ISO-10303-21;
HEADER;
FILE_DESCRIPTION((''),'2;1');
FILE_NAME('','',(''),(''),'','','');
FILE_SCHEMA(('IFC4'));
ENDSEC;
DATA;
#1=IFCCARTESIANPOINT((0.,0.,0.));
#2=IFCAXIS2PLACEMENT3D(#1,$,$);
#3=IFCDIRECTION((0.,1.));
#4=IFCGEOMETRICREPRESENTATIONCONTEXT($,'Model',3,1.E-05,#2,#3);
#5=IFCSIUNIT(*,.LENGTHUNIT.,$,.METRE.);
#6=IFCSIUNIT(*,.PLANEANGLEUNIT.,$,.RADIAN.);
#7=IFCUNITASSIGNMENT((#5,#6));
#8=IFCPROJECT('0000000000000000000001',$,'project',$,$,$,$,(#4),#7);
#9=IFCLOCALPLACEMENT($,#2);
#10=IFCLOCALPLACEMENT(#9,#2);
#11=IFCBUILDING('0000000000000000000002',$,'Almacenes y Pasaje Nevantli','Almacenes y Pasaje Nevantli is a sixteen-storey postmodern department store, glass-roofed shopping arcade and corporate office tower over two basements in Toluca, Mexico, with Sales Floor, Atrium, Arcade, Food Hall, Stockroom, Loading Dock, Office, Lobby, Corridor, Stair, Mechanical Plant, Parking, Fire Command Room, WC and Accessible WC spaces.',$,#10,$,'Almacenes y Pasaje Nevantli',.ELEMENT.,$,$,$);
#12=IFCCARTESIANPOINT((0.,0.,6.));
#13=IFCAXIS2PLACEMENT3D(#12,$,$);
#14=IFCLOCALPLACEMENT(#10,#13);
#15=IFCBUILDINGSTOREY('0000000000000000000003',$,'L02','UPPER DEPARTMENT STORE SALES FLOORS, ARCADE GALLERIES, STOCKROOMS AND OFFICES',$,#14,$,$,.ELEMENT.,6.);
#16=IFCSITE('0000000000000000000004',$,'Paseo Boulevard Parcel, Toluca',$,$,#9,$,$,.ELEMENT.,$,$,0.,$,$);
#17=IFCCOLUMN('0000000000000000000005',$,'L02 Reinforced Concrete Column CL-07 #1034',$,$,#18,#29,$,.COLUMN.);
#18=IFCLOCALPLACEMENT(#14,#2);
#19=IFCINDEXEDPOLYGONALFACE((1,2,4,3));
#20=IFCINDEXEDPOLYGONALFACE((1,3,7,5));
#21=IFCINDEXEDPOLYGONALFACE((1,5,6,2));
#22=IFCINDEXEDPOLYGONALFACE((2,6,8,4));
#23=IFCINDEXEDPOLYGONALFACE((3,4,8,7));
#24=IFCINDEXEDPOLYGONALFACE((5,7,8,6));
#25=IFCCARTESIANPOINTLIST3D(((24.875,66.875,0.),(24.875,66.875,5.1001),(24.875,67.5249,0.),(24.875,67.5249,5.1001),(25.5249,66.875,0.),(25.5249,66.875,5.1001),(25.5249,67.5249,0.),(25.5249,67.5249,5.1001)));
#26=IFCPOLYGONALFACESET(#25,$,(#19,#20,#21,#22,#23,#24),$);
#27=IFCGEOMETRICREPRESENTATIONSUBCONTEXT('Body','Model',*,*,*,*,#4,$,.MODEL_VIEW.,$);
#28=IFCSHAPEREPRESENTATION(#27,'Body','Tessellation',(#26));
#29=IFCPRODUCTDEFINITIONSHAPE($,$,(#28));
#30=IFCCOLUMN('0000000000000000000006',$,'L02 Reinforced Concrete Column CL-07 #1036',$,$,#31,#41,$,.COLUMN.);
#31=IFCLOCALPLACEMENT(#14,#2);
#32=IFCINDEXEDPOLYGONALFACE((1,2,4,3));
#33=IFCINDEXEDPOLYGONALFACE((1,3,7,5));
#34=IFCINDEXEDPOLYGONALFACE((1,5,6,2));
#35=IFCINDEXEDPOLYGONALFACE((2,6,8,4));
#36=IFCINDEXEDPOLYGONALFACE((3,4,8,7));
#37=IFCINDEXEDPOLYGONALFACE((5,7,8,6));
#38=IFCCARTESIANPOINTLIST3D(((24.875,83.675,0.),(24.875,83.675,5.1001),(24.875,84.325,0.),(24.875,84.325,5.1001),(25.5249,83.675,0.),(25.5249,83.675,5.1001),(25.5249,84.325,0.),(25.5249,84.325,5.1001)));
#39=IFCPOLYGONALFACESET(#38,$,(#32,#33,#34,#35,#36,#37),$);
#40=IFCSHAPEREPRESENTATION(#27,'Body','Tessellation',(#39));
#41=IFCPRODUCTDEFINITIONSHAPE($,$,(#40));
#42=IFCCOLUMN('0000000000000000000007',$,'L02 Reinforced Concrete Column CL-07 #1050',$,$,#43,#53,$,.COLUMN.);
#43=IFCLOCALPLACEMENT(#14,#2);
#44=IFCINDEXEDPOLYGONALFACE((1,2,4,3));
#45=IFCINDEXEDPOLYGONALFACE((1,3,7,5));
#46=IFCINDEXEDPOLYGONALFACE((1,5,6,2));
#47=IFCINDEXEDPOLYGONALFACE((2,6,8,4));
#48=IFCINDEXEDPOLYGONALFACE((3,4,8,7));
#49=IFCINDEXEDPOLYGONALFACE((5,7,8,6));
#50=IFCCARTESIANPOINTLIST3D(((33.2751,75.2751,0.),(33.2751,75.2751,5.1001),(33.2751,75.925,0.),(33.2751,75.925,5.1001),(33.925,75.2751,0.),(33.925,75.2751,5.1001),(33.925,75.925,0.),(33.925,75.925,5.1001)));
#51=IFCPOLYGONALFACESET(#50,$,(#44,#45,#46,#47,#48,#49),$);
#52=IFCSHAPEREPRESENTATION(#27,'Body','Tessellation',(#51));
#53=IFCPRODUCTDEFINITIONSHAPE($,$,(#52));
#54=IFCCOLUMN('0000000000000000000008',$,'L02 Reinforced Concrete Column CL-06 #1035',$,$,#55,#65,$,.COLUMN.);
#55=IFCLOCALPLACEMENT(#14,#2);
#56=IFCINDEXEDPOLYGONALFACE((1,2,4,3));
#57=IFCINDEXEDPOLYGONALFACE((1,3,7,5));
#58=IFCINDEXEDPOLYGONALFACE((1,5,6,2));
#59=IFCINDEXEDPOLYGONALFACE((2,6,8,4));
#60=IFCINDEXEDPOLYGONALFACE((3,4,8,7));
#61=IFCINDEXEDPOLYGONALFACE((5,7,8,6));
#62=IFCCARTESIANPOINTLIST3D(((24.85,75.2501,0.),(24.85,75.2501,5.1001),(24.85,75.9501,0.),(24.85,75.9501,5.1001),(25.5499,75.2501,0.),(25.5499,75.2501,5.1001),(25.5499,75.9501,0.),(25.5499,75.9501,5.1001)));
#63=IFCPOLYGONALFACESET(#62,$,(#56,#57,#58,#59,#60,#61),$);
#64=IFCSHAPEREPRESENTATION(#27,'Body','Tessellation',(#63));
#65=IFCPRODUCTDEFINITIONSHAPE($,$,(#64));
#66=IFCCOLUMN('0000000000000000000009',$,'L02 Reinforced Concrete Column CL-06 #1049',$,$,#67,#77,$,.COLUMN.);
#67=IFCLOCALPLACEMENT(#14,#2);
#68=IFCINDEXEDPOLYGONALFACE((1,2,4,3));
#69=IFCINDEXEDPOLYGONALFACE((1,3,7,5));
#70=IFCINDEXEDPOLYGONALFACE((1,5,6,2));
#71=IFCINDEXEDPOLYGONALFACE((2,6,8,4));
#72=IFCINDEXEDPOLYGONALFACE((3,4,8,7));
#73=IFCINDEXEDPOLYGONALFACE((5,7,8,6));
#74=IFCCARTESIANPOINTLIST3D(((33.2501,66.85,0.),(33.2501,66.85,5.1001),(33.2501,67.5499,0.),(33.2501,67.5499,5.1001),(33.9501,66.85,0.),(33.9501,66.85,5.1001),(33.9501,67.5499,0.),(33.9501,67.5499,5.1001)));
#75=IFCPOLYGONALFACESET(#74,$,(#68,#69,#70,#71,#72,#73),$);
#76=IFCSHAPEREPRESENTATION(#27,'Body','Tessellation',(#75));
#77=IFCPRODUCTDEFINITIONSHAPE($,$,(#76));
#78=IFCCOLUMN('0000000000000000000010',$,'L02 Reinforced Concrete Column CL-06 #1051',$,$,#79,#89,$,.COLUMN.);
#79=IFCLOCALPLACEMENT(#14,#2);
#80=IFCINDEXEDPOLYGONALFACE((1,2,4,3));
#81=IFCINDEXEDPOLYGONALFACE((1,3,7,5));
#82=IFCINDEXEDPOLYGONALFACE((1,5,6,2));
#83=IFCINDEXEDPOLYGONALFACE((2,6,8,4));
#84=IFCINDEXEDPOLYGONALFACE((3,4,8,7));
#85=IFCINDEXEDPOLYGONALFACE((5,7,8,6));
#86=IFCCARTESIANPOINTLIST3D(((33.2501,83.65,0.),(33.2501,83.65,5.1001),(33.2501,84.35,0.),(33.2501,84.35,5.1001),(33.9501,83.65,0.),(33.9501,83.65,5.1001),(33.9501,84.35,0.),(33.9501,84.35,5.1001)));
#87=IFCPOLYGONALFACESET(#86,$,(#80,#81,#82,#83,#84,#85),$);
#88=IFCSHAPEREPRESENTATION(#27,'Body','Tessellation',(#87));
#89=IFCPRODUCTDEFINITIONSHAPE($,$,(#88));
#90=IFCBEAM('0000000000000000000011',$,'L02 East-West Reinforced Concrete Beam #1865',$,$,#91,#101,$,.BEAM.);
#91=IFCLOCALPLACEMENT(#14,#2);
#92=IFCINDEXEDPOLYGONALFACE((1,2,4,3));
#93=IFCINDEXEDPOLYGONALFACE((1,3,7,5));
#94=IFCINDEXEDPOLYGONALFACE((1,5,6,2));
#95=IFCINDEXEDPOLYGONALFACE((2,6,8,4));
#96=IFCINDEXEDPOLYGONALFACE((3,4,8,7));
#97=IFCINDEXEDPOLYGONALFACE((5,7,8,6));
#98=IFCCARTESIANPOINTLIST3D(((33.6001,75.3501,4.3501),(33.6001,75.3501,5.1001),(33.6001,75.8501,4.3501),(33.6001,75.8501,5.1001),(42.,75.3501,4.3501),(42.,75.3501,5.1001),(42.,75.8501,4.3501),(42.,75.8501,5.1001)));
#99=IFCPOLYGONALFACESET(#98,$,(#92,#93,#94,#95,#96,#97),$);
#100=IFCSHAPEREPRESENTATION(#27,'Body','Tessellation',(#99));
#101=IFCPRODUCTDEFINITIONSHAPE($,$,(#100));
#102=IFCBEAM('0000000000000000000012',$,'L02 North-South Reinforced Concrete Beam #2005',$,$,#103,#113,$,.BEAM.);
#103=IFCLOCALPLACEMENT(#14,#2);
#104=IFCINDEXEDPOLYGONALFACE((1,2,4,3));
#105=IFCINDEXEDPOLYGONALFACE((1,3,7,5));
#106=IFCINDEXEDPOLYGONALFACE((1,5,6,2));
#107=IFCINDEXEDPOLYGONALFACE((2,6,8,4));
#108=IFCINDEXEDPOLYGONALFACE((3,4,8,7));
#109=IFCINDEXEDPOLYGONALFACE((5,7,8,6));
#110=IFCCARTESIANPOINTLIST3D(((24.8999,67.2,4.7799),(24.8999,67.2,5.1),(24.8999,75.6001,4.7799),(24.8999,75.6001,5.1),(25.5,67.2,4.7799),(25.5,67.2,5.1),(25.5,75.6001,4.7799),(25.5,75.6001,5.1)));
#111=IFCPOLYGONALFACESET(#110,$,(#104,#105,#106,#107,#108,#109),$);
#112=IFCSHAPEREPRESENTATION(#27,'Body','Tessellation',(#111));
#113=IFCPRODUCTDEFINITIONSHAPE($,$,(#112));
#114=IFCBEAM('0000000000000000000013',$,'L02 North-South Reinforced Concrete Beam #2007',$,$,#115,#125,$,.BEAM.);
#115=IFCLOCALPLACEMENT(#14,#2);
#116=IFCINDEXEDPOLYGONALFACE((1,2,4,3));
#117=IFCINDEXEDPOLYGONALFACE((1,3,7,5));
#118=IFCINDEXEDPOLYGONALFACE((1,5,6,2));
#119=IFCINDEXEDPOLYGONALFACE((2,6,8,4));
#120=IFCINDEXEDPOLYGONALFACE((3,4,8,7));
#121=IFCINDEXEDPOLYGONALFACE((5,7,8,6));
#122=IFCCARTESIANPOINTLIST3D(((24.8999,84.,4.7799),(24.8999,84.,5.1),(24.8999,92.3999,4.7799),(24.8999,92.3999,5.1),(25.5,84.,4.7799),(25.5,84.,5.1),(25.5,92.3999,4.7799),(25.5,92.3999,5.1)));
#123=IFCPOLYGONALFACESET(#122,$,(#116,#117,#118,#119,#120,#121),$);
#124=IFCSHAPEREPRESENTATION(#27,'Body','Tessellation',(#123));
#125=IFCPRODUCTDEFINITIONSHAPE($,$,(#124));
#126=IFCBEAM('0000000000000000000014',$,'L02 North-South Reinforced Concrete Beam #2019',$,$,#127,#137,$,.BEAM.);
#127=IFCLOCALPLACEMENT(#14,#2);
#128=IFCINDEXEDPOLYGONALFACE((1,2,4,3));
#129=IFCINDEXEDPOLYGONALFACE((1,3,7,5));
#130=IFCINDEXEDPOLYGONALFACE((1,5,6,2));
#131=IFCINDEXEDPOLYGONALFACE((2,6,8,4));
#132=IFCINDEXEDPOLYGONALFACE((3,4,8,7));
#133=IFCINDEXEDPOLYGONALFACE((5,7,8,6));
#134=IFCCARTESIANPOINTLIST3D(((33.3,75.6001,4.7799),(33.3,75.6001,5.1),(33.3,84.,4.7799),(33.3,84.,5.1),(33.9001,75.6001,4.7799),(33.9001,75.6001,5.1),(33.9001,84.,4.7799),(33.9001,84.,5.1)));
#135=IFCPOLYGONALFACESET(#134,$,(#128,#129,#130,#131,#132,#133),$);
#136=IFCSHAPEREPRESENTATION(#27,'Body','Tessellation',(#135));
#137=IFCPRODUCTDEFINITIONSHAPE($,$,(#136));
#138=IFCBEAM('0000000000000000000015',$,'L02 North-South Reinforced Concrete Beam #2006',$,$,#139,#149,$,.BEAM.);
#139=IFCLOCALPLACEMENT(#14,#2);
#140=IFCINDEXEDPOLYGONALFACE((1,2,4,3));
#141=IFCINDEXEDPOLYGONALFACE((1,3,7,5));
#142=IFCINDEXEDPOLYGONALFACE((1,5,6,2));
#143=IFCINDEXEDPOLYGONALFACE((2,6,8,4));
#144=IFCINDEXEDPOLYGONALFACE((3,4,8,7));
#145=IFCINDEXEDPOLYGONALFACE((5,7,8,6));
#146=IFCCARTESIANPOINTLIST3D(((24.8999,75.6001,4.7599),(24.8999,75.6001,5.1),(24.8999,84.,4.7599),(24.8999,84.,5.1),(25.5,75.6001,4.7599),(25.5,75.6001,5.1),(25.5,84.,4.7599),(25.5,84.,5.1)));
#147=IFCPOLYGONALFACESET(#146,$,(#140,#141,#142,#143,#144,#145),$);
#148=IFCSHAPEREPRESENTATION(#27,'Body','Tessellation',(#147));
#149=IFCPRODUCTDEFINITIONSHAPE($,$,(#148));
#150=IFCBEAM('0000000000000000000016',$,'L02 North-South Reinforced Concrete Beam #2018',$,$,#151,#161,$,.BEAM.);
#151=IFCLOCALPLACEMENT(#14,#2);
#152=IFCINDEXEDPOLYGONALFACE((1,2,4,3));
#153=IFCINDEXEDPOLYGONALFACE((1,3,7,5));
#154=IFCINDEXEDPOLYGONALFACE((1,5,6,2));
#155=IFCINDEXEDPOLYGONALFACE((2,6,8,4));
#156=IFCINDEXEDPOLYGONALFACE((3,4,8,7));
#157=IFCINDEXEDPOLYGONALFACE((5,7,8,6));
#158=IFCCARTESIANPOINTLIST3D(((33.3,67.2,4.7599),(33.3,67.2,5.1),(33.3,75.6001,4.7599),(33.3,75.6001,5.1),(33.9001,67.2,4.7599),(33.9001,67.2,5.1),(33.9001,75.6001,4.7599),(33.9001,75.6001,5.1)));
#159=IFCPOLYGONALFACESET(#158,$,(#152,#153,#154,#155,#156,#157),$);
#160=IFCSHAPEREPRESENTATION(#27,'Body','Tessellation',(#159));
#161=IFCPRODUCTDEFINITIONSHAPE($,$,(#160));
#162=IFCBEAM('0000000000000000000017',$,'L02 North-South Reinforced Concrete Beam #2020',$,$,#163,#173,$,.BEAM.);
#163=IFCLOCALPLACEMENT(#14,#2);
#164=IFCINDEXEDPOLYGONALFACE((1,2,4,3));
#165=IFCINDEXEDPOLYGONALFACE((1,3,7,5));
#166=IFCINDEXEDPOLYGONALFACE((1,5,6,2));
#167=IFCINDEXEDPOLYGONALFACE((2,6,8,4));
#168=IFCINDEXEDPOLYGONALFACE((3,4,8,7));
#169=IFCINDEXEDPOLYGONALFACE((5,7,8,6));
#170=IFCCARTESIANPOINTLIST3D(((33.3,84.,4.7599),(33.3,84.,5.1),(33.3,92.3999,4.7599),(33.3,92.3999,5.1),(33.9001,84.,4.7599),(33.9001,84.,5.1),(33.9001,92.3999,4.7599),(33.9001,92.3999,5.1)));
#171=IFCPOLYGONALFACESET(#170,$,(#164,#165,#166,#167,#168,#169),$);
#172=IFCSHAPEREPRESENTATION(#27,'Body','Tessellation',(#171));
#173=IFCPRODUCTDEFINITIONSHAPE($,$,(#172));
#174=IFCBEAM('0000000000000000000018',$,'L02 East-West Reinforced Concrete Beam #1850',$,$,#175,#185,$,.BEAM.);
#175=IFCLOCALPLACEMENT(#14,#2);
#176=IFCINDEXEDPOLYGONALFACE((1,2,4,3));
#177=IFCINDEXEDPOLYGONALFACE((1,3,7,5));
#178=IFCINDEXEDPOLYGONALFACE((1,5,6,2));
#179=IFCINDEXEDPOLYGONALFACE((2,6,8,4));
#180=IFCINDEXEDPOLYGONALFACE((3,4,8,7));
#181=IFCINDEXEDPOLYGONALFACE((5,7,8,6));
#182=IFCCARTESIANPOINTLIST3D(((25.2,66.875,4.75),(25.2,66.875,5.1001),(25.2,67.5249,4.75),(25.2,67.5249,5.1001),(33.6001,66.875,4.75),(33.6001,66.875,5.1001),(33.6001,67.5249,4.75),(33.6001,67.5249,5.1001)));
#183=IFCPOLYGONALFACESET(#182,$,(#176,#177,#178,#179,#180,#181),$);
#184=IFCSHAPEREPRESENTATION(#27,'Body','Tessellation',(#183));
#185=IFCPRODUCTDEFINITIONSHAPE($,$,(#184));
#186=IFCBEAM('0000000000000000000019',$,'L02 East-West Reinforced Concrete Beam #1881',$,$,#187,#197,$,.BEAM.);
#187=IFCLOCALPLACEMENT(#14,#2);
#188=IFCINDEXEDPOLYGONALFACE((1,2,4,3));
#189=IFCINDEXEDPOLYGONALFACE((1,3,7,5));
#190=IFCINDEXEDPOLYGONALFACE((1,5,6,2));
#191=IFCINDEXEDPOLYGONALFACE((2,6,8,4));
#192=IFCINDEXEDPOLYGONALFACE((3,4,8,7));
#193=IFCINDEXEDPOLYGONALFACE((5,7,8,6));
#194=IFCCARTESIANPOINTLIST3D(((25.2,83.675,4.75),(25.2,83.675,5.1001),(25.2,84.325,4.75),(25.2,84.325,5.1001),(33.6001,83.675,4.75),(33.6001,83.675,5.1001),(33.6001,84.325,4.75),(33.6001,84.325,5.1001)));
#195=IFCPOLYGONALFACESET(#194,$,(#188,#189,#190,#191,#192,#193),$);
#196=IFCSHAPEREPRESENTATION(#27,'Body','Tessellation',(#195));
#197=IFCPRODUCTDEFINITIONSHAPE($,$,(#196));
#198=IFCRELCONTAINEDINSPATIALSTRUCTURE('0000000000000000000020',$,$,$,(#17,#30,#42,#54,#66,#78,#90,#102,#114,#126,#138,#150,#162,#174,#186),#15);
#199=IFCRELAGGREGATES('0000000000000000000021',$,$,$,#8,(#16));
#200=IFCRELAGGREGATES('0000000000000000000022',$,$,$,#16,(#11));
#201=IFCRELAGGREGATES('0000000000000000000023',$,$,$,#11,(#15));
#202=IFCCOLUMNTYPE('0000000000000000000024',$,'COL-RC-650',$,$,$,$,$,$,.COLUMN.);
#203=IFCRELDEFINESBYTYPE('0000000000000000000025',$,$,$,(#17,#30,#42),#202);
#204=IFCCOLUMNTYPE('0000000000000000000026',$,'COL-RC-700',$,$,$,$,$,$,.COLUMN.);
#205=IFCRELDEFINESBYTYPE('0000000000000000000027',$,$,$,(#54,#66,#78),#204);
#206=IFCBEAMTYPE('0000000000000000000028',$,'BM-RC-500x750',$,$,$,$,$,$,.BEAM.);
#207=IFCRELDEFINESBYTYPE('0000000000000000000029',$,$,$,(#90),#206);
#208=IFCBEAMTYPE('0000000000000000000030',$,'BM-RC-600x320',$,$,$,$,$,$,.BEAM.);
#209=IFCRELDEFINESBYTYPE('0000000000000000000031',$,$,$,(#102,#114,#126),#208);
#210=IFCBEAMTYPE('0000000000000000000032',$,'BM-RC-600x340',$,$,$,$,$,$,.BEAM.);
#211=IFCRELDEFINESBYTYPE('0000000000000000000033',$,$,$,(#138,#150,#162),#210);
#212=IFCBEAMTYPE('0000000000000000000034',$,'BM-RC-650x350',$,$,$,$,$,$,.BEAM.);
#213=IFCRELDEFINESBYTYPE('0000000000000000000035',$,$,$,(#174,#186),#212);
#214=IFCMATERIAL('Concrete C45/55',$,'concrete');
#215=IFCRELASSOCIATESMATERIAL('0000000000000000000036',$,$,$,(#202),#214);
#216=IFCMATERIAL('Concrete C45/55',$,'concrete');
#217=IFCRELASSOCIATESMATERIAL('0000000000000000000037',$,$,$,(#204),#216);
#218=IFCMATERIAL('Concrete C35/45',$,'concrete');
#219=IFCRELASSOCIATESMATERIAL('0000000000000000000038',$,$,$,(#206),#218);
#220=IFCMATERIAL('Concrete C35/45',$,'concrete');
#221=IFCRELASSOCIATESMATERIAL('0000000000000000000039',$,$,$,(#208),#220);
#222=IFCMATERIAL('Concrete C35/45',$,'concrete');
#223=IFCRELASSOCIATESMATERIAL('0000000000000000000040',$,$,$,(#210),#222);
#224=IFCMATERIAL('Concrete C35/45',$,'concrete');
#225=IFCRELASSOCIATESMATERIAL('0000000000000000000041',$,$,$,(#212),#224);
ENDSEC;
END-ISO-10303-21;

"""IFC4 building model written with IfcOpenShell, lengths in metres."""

from ifc_helpers import new_model, si_unit, direction, frame, origin, origin_2d, place, context, subcontext, project, spatial, rectangle, extrude, material, material_profile, profile_set, type_object, element, save


model = new_model("IFC4")

# Units and contexts
model_context = context("Model", 3, precision=1e-05, world=origin(), true_north=direction((0.0, 1.0)))
body_context = subcontext(model_context, "Body", "Model", "MODEL_VIEW")
ifc_project = project(units=[si_unit("LENGTHUNIT", "METRE"), si_unit("PLANEANGLEUNIT", "RADIAN")], contexts=[model_context])

# Site, building, storey
site_placement = place(None, origin())
site = spatial("IfcSite", under=ifc_project, at=site_placement, Name="Paseo Boulevard Parcel, Toluca", CompositionType="ELEMENT", RefElevation=0.0)
building_placement = place(site_placement, origin())
building = spatial("IfcBuilding", under=site, at=building_placement, Name="Almacenes y Pasaje Nevantli", Description="Almacenes y Pasaje Nevantli is a sixteen-storey postmodern department store, glass-roofed shopping arcade and corporate office tower over two basements in Toluca, Mexico, with Sales Floor, Atrium, Arcade, Food Hall, Stockroom, Loading Dock, Office, Lobby, Corridor, Stair, Mechanical Plant, Parking, Fire Command Room, WC and Accessible WC spaces.", LongName="Almacenes y Pasaje Nevantli", CompositionType="ELEMENT")
storey_placement = place(building_placement, frame((0.0, 0.0, 6.0)))
storey = spatial("IfcBuildingStorey", under=building, at=storey_placement, Name="L02", Description="UPPER DEPARTMENT STORE SALES FLOORS, ARCADE GALLERIES, STOCKROOMS AND OFFICES", CompositionType="ELEMENT", Elevation=6.0)

# Columns
ifc_material_1 = material(Name="Concrete C45/55", Category="concrete")
ifc_material_profile_1 = material_profile(ifc_material_1, rectangle(XDim=0.6499, YDim=0.6499, at=origin_2d()), Name="RC-COL-650x650")
ifc_profile_set_1 = profile_set([ifc_material_profile_1], Name="Concrete C45/55")
column_type_1 = type_object("IfcColumnType", Name="COL-RC-650", PredefinedType="COLUMN", material=ifc_profile_set_1)
for number, where, z_axis, x_axis, name in (
    (1, (25.2, 67.2, 0.0), (0.0, 0.0, 1.0), (1.0, 0.0, 0.0), "L02 Reinforced Concrete Column CL-07 #1034"),
    (2, (25.2, 84.0, 0.0), (0.0, 0.0, 1.0), (1.0, 0.0, 0.0), "L02 Reinforced Concrete Column CL-07 #1036"),
    (3, (33.6001, 75.6001, 0.0), (0.0, 0.0, 1.0), (1.0, 0.0, 0.0), "L02 Reinforced Concrete Column CL-07 #1050"),
):
    element("IfcColumn", number, at=place(storey_placement, frame(where, z_axis=z_axis, x_axis=x_axis)), inside=storey, type_object=column_type_1, Name=name, PredefinedType="COLUMN", context=body_context, shape_type="SweptSolid", body=[
        extrude(rectangle(XDim=0.6499, YDim=0.6499, at=origin_2d()), origin(), (0.0, 0.0, 1.0), 5.1001),
    ])
ifc_material_2 = material(Name="Concrete C45/55", Category="concrete")
ifc_material_profile_2 = material_profile(ifc_material_2, rectangle(XDim=0.7, YDim=0.7, at=origin_2d()), Name="RC-COL-700x700")
ifc_profile_set_2 = profile_set([ifc_material_profile_2], Name="Concrete C45/55")
column_type_2 = type_object("IfcColumnType", Name="COL-RC-700", PredefinedType="COLUMN", material=ifc_profile_set_2)
for number, where, z_axis, x_axis, name in (
    (4, (25.2, 75.6001, 0.0), (0.0, 0.0, 1.0), (1.0, 0.0, 0.0), "L02 Reinforced Concrete Column CL-06 #1035"),
    (5, (33.6001, 67.2, 0.0), (0.0, 0.0, 1.0), (1.0, 0.0, 0.0), "L02 Reinforced Concrete Column CL-06 #1049"),
    (6, (33.6001, 84.0, 0.0), (0.0, 0.0, 1.0), (1.0, 0.0, 0.0), "L02 Reinforced Concrete Column CL-06 #1051"),
):
    element("IfcColumn", number, at=place(storey_placement, frame(where, z_axis=z_axis, x_axis=x_axis)), inside=storey, type_object=column_type_2, Name=name, PredefinedType="COLUMN", context=body_context, shape_type="SweptSolid", body=[
        extrude(rectangle(XDim=0.7, YDim=0.7, at=origin_2d()), origin(), (0.0, 0.0, 1.0), 5.1001),
    ])

# Beams
ifc_material_3 = material(Name="Concrete C35/45", Category="concrete")
ifc_material_profile_3 = material_profile(ifc_material_3, rectangle(XDim=0.5, YDim=0.75, at=origin_2d()), Name="RC-BM-500x750")
ifc_profile_set_3 = profile_set([ifc_material_profile_3], Name="Concrete C35/45")
beam_type_1 = type_object("IfcBeamType", Name="BM-RC-500x750", PredefinedType="BEAM", material=ifc_profile_set_3)
beam_1_placement = place(storey_placement, frame((33.6001, 75.6001, 4.7251), z_axis=(1.0, 0.0, 0.0), x_axis=(0.0, 1.0, 0.0)))
element("IfcBeam", 7, at=beam_1_placement, inside=storey, type_object=beam_type_1, Name="L02 East-West Reinforced Concrete Beam #1865", PredefinedType="BEAM", context=body_context, shape_type="SweptSolid", body=[
    extrude(rectangle(XDim=0.5, YDim=0.75, at=origin_2d()), origin(), (0.0, 0.0, 1.0), 8.3999),
])
ifc_material_4 = material(Name="Concrete C35/45", Category="concrete")
ifc_material_profile_4 = material_profile(ifc_material_4, rectangle(XDim=0.6001, YDim=0.3201, at=origin_2d()), Name="RC-BM-600x320")
ifc_profile_set_4 = profile_set([ifc_material_profile_4], Name="Concrete C35/45")
beam_type_2 = type_object("IfcBeamType", Name="BM-RC-600x320", PredefinedType="BEAM", material=ifc_profile_set_4)
beam_2_placement = place(storey_placement, frame((25.2, 67.2, 4.9399), z_axis=(0.0, 1.0, 0.0), x_axis=(-1.0, 0.0, 0.0)))
element("IfcBeam", 8, at=beam_2_placement, inside=storey, type_object=beam_type_2, Name="L02 North-South Reinforced Concrete Beam #2005", PredefinedType="BEAM", context=body_context, shape_type="SweptSolid", body=[
    extrude(rectangle(XDim=0.6001, YDim=0.3201, at=origin_2d()), origin(), (0.0, 0.0, 1.0), 8.4001),
])
for number, where, z_axis, x_axis, name in (
    (9, (25.2, 84.0, 4.9399), (0.0, 1.0, 0.0), (-1.0, 0.0, 0.0), "L02 North-South Reinforced Concrete Beam #2007"),
    (10, (33.6001, 75.6001, 4.9399), (0.0, 1.0, 0.0), (-1.0, 0.0, 0.0), "L02 North-South Reinforced Concrete Beam #2019"),
):
    element("IfcBeam", number, at=place(storey_placement, frame(where, z_axis=z_axis, x_axis=x_axis)), inside=storey, type_object=beam_type_2, Name=name, PredefinedType="BEAM", context=body_context, shape_type="SweptSolid", body=[
        extrude(rectangle(XDim=0.6001, YDim=0.3201, at=origin_2d()), origin(), (0.0, 0.0, 1.0), 8.3999),
    ])
ifc_material_5 = material(Name="Concrete C35/45", Category="concrete")
ifc_material_profile_5 = material_profile(ifc_material_5, rectangle(XDim=0.6001, YDim=0.3401, at=origin_2d()), Name="RC-BM-600x340")
ifc_profile_set_5 = profile_set([ifc_material_profile_5], Name="Concrete C35/45")
beam_type_3 = type_object("IfcBeamType", Name="BM-RC-600x340", PredefinedType="BEAM", material=ifc_profile_set_5)
beam_3_placement = place(storey_placement, frame((25.2, 75.6001, 4.9299), z_axis=(0.0, 1.0, 0.0), x_axis=(-1.0, 0.0, 0.0)))
element("IfcBeam", 11, at=beam_3_placement, inside=storey, type_object=beam_type_3, Name="L02 North-South Reinforced Concrete Beam #2006", PredefinedType="BEAM", context=body_context, shape_type="SweptSolid", body=[
    extrude(rectangle(XDim=0.6001, YDim=0.3401, at=origin_2d()), origin(), (0.0, 0.0, 1.0), 8.3999),
])
beam_4_placement = place(storey_placement, frame((33.6001, 67.2, 4.9299), z_axis=(0.0, 1.0, 0.0), x_axis=(-1.0, 0.0, 0.0)))
element("IfcBeam", 12, at=beam_4_placement, inside=storey, type_object=beam_type_3, Name="L02 North-South Reinforced Concrete Beam #2018", PredefinedType="BEAM", context=body_context, shape_type="SweptSolid", body=[
    extrude(rectangle(XDim=0.6001, YDim=0.3401, at=origin_2d()), origin(), (0.0, 0.0, 1.0), 8.4001),
])
beam_5_placement = place(storey_placement, frame((33.6001, 84.0, 4.9299), z_axis=(0.0, 1.0, 0.0), x_axis=(-1.0, 0.0, 0.0)))
element("IfcBeam", 13, at=beam_5_placement, inside=storey, type_object=beam_type_3, Name="L02 North-South Reinforced Concrete Beam #2020", PredefinedType="BEAM", context=body_context, shape_type="SweptSolid", body=[
    extrude(rectangle(XDim=0.6001, YDim=0.3401, at=origin_2d()), origin(), (0.0, 0.0, 1.0), 8.3999),
])
ifc_material_6 = material(Name="Concrete C35/45", Category="concrete")
ifc_material_profile_6 = material_profile(ifc_material_6, rectangle(XDim=0.6499, YDim=0.3501, at=origin_2d()), Name="RC-BM-650x350")
ifc_profile_set_6 = profile_set([ifc_material_profile_6], Name="Concrete C35/45")
beam_type_4 = type_object("IfcBeamType", Name="BM-RC-650x350", PredefinedType="BEAM", material=ifc_profile_set_6)
for number, where, z_axis, x_axis, name in (
    (14, (25.2, 67.2, 4.925), (1.0, 0.0, 0.0), (0.0, 1.0, 0.0), "L02 East-West Reinforced Concrete Beam #1850"),
    (15, (25.2, 84.0, 4.925), (1.0, 0.0, 0.0), (0.0, 1.0, 0.0), "L02 East-West Reinforced Concrete Beam #1881"),
):
    element("IfcBeam", number, at=place(storey_placement, frame(where, z_axis=z_axis, x_axis=x_axis)), inside=storey, type_object=beam_type_4, Name=name, PredefinedType="BEAM", context=body_context, shape_type="SweptSolid", body=[
        extrude(rectangle(XDim=0.6499, YDim=0.3501, at=origin_2d()), origin(), (0.0, 0.0, 1.0), 8.4001),
    ])

save(model, "model.ifc")
